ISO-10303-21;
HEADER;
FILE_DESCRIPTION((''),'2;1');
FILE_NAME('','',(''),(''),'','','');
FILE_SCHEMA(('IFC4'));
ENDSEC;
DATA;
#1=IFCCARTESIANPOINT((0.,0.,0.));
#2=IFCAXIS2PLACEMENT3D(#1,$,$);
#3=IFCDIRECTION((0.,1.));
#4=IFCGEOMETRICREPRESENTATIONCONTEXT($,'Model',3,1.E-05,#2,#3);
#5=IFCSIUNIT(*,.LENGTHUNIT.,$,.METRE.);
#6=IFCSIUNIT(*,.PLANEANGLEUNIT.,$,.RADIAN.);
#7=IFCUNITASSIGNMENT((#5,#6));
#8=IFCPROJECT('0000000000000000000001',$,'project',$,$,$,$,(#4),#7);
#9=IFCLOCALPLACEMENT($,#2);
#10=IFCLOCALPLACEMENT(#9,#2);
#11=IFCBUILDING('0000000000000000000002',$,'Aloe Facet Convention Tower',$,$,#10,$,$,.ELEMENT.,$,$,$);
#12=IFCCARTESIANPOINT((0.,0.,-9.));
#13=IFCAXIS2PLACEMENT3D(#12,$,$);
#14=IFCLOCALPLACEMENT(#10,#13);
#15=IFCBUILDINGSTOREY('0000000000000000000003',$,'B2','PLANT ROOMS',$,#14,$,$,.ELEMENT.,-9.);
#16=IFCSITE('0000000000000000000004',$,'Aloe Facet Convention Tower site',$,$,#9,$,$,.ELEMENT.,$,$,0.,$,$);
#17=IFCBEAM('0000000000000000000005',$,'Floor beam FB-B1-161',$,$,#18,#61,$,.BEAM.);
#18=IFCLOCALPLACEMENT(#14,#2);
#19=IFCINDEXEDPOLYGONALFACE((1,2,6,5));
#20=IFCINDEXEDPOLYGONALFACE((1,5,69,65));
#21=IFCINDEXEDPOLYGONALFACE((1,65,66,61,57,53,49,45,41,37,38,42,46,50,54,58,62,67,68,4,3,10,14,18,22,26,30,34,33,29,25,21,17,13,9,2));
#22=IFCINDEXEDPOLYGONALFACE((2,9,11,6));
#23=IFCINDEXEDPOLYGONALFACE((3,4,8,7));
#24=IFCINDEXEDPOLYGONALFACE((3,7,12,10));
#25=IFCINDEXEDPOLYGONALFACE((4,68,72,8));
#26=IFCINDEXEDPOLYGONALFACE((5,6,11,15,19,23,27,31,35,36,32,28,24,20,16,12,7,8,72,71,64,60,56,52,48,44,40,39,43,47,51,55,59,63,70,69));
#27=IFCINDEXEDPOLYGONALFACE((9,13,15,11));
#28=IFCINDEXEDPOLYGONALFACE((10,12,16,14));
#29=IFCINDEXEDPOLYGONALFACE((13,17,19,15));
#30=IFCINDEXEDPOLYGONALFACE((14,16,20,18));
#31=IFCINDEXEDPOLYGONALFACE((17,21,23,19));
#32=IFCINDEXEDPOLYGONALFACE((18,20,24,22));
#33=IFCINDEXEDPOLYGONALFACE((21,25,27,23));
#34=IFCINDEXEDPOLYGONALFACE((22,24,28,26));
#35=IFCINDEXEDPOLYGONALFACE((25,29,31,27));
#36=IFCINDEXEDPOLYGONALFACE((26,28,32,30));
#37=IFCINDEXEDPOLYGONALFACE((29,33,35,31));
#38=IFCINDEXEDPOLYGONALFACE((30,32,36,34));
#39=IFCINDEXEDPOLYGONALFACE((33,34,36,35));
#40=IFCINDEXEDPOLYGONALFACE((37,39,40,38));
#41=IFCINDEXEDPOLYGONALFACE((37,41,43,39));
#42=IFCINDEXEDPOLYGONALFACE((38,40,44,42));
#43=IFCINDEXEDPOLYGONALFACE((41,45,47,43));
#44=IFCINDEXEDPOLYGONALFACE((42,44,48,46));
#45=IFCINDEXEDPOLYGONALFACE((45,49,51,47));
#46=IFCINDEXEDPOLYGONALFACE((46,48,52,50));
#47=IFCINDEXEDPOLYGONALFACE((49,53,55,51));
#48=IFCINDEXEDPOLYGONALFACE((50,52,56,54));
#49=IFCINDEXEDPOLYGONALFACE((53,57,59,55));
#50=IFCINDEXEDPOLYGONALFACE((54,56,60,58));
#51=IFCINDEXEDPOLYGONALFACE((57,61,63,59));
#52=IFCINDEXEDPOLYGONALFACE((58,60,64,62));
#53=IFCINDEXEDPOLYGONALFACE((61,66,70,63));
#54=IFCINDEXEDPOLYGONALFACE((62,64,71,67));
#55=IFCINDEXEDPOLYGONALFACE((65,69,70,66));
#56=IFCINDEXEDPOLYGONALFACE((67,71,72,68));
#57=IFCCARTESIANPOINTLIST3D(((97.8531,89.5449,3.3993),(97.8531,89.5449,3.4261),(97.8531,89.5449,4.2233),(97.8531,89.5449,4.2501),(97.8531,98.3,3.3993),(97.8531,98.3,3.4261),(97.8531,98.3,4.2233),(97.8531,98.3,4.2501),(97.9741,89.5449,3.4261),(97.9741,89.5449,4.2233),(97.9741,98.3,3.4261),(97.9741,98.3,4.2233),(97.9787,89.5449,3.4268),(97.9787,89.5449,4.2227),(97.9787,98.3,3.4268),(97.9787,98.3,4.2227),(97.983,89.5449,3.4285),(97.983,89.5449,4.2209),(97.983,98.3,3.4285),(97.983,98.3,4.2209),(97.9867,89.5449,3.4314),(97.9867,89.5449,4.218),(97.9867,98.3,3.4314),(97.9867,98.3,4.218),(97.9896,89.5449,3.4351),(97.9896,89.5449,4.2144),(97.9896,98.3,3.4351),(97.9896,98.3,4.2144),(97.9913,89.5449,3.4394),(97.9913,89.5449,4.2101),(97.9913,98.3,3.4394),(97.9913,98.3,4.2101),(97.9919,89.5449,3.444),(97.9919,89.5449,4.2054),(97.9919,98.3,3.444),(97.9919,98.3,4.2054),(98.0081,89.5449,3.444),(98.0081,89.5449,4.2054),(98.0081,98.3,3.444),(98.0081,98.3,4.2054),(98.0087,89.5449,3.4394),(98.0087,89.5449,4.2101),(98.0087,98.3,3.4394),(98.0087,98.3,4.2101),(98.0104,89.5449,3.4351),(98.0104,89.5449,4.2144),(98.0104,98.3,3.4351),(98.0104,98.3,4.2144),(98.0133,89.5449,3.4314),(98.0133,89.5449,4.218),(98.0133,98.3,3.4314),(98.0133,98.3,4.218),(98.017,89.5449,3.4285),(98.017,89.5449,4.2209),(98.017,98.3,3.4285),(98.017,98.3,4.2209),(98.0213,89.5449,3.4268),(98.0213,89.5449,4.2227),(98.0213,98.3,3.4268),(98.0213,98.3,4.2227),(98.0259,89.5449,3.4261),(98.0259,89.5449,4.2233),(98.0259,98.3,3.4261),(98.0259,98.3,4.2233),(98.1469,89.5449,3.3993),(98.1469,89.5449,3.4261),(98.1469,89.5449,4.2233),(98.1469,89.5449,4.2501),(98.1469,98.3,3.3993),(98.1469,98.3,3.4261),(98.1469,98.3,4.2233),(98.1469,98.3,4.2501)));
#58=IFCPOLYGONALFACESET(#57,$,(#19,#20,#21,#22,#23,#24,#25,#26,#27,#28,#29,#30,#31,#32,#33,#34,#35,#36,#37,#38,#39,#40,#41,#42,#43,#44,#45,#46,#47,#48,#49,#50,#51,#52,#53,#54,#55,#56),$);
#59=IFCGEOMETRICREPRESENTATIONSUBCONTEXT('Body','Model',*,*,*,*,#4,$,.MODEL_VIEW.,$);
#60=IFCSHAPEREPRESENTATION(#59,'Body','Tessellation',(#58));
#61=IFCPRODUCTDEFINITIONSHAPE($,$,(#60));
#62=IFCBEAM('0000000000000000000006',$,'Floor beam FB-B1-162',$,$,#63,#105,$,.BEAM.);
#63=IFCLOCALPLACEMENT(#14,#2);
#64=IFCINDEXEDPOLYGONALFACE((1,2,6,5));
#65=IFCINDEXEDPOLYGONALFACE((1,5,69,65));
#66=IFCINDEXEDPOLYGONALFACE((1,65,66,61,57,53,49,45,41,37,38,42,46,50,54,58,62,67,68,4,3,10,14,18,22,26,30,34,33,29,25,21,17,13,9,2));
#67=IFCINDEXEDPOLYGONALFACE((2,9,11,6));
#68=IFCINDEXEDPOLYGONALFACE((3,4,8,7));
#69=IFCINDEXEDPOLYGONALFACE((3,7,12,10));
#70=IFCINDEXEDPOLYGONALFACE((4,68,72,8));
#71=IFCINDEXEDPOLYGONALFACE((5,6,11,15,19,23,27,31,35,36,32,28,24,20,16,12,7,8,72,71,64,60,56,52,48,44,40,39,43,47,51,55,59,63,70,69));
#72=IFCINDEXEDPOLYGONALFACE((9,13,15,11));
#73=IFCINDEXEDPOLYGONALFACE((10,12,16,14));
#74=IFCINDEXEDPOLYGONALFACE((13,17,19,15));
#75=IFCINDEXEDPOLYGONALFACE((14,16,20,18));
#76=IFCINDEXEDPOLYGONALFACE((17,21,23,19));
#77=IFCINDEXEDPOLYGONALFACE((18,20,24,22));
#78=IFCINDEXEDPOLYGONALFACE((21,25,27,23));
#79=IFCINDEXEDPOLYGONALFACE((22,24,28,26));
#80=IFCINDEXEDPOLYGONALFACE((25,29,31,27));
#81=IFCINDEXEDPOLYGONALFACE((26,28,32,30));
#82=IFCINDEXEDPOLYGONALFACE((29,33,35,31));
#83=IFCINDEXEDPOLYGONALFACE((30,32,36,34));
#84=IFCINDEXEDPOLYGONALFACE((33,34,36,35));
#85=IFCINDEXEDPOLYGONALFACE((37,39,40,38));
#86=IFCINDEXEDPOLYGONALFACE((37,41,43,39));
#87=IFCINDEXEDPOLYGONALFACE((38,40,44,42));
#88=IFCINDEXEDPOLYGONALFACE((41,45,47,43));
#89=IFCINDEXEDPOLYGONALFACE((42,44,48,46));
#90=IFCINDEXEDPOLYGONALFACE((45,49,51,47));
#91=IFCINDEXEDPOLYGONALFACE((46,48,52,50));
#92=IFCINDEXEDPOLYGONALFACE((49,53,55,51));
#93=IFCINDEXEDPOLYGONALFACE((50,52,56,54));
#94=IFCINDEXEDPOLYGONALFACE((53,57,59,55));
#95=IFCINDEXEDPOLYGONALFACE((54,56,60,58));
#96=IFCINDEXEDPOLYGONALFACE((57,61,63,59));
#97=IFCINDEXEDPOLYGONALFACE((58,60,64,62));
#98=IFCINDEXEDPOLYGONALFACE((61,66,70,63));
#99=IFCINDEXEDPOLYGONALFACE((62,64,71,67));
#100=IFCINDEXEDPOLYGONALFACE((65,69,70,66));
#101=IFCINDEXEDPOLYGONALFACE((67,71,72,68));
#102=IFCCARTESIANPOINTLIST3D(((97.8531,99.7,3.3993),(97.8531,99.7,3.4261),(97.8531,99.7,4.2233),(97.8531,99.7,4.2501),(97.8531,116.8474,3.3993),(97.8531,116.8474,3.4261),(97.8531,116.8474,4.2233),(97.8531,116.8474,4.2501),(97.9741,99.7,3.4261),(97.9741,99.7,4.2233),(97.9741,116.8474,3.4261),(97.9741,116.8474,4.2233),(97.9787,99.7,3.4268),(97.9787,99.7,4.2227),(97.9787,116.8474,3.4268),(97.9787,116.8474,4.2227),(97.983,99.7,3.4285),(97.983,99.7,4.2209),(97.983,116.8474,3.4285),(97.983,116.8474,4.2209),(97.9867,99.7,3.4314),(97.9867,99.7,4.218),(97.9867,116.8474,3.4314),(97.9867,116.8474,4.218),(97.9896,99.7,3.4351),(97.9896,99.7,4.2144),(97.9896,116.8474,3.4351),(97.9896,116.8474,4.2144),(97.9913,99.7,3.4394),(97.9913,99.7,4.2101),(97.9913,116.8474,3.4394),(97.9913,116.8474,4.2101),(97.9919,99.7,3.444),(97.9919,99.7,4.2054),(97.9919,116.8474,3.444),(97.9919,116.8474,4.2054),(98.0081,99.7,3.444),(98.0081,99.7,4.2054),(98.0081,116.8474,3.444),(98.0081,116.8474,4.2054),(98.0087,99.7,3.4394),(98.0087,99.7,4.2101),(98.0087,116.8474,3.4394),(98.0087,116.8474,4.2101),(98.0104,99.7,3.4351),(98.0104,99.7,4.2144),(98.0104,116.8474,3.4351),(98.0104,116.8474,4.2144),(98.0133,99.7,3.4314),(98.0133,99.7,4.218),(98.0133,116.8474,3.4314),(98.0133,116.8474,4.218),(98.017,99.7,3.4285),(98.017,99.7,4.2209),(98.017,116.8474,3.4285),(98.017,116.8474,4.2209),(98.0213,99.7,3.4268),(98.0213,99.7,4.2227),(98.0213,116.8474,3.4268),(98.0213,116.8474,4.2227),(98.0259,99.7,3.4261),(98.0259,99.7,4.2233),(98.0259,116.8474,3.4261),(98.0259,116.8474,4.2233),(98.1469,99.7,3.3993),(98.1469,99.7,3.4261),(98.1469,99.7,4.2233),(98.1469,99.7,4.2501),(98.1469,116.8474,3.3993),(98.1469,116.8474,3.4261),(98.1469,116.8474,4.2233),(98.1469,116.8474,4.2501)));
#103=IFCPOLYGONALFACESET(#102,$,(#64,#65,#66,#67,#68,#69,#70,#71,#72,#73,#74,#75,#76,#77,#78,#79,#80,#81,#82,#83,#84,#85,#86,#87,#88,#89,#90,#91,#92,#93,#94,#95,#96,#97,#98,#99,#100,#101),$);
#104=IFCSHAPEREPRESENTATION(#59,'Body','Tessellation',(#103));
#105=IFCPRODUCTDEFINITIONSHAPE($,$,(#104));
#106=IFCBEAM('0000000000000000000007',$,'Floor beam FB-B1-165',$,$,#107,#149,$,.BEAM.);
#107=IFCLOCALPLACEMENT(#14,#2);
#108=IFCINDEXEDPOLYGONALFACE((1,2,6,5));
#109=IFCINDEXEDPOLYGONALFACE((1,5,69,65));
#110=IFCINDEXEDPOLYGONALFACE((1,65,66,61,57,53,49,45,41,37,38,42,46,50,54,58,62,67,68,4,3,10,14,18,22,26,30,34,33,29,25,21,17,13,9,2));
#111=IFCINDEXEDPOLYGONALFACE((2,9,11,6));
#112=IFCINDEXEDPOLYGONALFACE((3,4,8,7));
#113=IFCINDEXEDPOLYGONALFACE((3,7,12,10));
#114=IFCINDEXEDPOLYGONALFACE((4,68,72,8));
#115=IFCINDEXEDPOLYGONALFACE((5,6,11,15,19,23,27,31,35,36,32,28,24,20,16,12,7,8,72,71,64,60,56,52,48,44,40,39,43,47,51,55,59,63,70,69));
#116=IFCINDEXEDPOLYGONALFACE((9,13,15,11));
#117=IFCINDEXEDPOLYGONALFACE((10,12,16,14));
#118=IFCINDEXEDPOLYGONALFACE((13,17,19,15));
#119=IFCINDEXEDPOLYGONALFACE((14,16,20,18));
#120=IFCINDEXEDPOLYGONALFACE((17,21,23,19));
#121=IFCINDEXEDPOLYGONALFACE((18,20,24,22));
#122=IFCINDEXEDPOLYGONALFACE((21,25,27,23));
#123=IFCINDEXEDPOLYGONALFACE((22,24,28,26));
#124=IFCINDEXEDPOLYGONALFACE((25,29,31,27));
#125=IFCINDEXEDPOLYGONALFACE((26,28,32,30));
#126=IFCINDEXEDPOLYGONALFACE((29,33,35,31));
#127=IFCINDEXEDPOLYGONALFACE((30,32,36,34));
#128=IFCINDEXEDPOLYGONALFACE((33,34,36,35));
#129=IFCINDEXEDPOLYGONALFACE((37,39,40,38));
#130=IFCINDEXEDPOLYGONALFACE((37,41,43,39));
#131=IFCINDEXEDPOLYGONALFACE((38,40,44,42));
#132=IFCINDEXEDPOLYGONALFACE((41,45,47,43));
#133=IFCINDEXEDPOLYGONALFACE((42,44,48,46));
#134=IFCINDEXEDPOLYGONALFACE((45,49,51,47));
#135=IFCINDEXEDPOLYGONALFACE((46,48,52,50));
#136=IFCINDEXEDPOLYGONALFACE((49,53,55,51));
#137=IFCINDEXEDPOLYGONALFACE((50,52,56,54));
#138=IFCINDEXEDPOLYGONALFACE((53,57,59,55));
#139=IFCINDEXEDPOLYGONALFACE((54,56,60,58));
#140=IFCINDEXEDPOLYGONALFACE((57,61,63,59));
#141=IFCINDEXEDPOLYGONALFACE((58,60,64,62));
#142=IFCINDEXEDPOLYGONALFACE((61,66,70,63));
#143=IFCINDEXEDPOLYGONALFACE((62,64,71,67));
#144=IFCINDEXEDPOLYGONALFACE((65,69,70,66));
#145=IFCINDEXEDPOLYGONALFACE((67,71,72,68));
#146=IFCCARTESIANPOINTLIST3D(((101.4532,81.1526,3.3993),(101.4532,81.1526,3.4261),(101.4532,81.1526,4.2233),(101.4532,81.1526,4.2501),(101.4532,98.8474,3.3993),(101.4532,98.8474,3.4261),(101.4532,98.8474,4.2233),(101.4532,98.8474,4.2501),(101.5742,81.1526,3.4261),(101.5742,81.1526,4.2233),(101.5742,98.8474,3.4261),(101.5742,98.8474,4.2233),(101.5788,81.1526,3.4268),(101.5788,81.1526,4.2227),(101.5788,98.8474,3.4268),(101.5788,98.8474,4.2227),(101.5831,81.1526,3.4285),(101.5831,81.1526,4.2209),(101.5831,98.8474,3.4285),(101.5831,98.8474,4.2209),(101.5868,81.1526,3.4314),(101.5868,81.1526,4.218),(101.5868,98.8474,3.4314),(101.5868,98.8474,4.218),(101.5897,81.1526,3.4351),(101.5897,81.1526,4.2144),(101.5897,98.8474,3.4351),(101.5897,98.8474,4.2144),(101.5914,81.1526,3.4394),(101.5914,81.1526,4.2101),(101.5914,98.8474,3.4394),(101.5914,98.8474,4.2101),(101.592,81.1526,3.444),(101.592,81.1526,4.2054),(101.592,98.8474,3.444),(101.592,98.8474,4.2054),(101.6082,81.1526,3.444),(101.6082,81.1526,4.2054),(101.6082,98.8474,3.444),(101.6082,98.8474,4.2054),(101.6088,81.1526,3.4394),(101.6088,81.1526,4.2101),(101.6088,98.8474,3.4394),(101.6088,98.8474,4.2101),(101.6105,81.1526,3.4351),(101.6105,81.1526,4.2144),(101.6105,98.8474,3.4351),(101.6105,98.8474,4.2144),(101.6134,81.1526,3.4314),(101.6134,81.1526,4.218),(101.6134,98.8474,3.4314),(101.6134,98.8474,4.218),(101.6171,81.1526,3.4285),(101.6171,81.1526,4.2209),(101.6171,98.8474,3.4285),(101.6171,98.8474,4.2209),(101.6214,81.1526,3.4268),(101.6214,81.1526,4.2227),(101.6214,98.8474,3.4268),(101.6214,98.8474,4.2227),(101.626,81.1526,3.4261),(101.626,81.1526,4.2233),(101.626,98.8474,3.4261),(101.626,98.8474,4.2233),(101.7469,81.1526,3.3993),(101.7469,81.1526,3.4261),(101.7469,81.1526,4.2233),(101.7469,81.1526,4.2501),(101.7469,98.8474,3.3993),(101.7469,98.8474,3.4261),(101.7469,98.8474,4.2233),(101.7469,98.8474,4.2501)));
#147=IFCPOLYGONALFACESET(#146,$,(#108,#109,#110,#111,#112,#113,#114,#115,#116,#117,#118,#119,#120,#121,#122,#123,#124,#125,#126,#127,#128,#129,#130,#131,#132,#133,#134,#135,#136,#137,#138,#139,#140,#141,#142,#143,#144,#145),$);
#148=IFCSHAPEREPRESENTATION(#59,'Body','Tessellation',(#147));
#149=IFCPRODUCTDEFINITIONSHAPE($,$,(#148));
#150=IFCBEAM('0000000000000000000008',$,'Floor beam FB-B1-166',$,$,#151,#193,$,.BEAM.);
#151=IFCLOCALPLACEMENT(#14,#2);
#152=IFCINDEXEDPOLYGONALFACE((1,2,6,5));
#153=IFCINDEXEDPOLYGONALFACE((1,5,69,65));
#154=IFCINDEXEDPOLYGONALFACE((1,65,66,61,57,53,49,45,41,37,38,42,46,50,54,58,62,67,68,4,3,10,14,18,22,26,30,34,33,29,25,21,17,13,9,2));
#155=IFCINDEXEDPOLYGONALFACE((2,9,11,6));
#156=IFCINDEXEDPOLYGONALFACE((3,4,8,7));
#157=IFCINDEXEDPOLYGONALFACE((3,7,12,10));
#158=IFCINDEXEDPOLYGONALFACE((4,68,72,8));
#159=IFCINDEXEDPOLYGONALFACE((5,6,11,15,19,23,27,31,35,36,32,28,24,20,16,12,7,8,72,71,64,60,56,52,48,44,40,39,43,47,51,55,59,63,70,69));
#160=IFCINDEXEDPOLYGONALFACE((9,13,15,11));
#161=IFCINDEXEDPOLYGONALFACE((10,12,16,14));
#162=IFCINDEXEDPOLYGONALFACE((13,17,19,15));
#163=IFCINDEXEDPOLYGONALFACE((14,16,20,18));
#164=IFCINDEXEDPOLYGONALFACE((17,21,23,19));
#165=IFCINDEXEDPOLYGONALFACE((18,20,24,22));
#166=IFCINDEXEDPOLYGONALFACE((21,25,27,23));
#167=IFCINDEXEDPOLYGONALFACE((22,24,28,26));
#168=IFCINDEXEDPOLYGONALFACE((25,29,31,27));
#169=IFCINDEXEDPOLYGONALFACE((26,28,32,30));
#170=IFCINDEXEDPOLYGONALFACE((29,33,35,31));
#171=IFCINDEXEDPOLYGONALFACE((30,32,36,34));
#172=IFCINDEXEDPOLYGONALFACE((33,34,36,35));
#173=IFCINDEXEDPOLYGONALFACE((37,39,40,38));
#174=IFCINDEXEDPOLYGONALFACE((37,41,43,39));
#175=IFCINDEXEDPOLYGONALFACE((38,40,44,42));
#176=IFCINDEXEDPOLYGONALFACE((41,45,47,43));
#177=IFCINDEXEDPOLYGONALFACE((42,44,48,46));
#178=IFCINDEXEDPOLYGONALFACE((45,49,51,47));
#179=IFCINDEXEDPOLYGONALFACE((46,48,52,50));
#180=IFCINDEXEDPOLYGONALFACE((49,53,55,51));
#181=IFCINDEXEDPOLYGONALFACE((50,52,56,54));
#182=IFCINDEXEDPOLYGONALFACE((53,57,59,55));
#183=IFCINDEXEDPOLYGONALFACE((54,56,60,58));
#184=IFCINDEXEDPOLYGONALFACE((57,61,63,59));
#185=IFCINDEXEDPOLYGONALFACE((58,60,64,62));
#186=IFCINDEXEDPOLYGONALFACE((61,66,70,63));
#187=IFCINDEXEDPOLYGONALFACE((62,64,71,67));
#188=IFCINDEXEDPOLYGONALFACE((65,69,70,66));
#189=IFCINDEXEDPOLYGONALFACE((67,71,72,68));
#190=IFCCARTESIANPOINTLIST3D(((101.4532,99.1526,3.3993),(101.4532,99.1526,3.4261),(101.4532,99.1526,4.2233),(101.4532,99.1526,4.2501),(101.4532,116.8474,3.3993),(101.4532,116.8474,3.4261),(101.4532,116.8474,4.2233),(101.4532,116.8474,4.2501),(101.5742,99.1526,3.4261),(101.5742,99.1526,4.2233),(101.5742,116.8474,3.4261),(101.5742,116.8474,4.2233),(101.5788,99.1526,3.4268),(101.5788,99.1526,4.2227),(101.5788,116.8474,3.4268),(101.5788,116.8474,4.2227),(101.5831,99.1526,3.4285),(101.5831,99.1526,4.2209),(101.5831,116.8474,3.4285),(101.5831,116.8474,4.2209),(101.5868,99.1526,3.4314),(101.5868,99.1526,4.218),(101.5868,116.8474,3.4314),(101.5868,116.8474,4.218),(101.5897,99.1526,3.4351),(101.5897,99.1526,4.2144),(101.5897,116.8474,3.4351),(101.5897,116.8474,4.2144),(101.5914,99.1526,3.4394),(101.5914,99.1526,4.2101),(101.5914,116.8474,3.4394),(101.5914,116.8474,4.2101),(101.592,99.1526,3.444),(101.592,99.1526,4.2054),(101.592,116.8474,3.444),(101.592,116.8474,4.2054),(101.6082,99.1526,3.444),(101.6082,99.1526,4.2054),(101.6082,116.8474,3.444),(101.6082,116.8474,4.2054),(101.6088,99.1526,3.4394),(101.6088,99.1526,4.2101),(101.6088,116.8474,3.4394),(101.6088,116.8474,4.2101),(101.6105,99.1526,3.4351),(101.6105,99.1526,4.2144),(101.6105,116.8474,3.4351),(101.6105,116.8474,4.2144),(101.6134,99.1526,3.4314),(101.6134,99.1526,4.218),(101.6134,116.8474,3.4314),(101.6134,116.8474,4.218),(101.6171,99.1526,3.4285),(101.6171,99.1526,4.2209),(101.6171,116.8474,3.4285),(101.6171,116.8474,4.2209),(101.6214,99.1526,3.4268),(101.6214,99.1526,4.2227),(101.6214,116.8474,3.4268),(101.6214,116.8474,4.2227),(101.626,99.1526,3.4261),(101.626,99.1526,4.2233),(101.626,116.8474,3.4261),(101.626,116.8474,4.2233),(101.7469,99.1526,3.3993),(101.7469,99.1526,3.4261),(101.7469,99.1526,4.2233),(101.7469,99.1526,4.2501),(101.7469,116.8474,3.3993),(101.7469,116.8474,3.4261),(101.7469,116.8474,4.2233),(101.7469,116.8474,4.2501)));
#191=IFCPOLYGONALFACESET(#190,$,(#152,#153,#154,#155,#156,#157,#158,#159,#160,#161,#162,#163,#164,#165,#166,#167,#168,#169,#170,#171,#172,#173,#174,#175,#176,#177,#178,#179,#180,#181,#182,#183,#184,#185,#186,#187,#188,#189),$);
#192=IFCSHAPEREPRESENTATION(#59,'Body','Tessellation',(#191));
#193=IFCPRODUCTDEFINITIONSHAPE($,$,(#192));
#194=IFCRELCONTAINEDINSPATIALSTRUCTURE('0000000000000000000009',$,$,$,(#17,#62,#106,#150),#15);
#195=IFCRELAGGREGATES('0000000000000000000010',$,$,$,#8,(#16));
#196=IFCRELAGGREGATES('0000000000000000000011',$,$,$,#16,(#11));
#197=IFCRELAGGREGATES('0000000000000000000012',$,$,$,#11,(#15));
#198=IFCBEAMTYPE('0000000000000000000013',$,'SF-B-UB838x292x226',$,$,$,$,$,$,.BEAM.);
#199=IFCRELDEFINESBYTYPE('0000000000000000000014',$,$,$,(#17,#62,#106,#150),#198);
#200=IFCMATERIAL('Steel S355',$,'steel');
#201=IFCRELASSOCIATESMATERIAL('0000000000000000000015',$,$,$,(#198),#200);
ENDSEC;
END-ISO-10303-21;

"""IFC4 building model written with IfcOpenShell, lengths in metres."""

from ifc_helpers import new_model, si_unit, direction, frame, origin, origin_2d, place, context, subcontext, project, spatial, i_section, extrude, material, material_profile, profile_set, type_object, element, save


model = new_model("IFC4")

# Units and contexts
model_context = context("Model", 3, precision=1e-05, world=origin(), true_north=direction((0.0, 1.0)))
body_context = subcontext(model_context, "Body", "Model", "MODEL_VIEW")
ifc_project = project(units=[si_unit("LENGTHUNIT", "METRE"), si_unit("PLANEANGLEUNIT", "RADIAN")], contexts=[model_context])

# Site, building, storey
site_placement = place(None, origin())
site = spatial("IfcSite", under=ifc_project, at=site_placement, Name="Aloe Facet Convention Tower site", CompositionType="ELEMENT", RefElevation=0.0)
building_placement = place(site_placement, origin())
building = spatial("IfcBuilding", under=site, at=building_placement, Name="Aloe Facet Convention Tower", CompositionType="ELEMENT")
storey_placement = place(building_placement, frame((0.0, 0.0, -9.0)))
storey = spatial("IfcBuildingStorey", under=building, at=storey_placement, Name="B2", Description="PLANT ROOMS", CompositionType="ELEMENT", Elevation=-9.0)

# Beams
ifc_material_1 = material(Name="Steel S355", Category="steel")
ifc_material_profile_1 = material_profile(ifc_material_1, i_section(OverallWidth=0.2937, OverallDepth=0.8508, WebThickness=0.0161, FlangeThickness=0.0269, FilletRadius=0.0178, at=origin_2d()), Name="UB 838x292x226")
ifc_profile_set_1 = profile_set([ifc_material_profile_1], Name="Steel S355")
beam_type_1 = type_object("IfcBeamType", Name="SF-B-UB838x292x226", PredefinedType="BEAM", material=ifc_profile_set_1)
beam_1_placement = place(storey_placement, frame((98.0, 89.5449, 3.8247), z_axis=(0.0, 1.0, 0.0), x_axis=(-1.0, 0.0, 0.0)))
element("IfcBeam", 1, at=beam_1_placement, inside=storey, type_object=beam_type_1, Name="Floor beam FB-B1-161", PredefinedType="BEAM", context=body_context, shape_type="SweptSolid", body=[
    extrude(i_section(OverallWidth=0.2937, OverallDepth=0.8508, WebThickness=0.0161, FlangeThickness=0.0269, FilletRadius=0.0178, at=origin_2d()), origin(), (0.0, 0.0, 1.0), 8.7551),
])
beam_2_placement = place(storey_placement, frame((98.0, 99.7, 3.8247), z_axis=(0.0, 1.0, 0.0), x_axis=(-1.0, 0.0, 0.0)))
element("IfcBeam", 2, at=beam_2_placement, inside=storey, type_object=beam_type_1, Name="Floor beam FB-B1-162", PredefinedType="BEAM", context=body_context, shape_type="SweptSolid", body=[
    extrude(i_section(OverallWidth=0.2937, OverallDepth=0.8508, WebThickness=0.0161, FlangeThickness=0.0269, FilletRadius=0.0178, at=origin_2d()), origin(), (0.0, 0.0, 1.0), 17.1475),
])
for number, where, z_axis, x_axis, name in (
    (3, (101.6001, 81.1526, 3.8247), (0.0, 1.0, 0.0), (-1.0, 0.0, 0.0), "Floor beam FB-B1-165"),
    (4, (101.6001, 99.1526, 3.8247), (0.0, 1.0, 0.0), (-1.0, 0.0, 0.0), "Floor beam FB-B1-166"),
):
    element("IfcBeam", number, at=place(storey_placement, frame(where, z_axis=z_axis, x_axis=x_axis)), inside=storey, type_object=beam_type_1, Name=name, PredefinedType="BEAM", context=body_context, shape_type="SweptSolid", body=[
        extrude(i_section(OverallWidth=0.2937, OverallDepth=0.8508, WebThickness=0.0161, FlangeThickness=0.0269, FilletRadius=0.0178, at=origin_2d()), origin(), (0.0, 0.0, 1.0), 17.6948),
    ])

save(model, "model.ifc")
